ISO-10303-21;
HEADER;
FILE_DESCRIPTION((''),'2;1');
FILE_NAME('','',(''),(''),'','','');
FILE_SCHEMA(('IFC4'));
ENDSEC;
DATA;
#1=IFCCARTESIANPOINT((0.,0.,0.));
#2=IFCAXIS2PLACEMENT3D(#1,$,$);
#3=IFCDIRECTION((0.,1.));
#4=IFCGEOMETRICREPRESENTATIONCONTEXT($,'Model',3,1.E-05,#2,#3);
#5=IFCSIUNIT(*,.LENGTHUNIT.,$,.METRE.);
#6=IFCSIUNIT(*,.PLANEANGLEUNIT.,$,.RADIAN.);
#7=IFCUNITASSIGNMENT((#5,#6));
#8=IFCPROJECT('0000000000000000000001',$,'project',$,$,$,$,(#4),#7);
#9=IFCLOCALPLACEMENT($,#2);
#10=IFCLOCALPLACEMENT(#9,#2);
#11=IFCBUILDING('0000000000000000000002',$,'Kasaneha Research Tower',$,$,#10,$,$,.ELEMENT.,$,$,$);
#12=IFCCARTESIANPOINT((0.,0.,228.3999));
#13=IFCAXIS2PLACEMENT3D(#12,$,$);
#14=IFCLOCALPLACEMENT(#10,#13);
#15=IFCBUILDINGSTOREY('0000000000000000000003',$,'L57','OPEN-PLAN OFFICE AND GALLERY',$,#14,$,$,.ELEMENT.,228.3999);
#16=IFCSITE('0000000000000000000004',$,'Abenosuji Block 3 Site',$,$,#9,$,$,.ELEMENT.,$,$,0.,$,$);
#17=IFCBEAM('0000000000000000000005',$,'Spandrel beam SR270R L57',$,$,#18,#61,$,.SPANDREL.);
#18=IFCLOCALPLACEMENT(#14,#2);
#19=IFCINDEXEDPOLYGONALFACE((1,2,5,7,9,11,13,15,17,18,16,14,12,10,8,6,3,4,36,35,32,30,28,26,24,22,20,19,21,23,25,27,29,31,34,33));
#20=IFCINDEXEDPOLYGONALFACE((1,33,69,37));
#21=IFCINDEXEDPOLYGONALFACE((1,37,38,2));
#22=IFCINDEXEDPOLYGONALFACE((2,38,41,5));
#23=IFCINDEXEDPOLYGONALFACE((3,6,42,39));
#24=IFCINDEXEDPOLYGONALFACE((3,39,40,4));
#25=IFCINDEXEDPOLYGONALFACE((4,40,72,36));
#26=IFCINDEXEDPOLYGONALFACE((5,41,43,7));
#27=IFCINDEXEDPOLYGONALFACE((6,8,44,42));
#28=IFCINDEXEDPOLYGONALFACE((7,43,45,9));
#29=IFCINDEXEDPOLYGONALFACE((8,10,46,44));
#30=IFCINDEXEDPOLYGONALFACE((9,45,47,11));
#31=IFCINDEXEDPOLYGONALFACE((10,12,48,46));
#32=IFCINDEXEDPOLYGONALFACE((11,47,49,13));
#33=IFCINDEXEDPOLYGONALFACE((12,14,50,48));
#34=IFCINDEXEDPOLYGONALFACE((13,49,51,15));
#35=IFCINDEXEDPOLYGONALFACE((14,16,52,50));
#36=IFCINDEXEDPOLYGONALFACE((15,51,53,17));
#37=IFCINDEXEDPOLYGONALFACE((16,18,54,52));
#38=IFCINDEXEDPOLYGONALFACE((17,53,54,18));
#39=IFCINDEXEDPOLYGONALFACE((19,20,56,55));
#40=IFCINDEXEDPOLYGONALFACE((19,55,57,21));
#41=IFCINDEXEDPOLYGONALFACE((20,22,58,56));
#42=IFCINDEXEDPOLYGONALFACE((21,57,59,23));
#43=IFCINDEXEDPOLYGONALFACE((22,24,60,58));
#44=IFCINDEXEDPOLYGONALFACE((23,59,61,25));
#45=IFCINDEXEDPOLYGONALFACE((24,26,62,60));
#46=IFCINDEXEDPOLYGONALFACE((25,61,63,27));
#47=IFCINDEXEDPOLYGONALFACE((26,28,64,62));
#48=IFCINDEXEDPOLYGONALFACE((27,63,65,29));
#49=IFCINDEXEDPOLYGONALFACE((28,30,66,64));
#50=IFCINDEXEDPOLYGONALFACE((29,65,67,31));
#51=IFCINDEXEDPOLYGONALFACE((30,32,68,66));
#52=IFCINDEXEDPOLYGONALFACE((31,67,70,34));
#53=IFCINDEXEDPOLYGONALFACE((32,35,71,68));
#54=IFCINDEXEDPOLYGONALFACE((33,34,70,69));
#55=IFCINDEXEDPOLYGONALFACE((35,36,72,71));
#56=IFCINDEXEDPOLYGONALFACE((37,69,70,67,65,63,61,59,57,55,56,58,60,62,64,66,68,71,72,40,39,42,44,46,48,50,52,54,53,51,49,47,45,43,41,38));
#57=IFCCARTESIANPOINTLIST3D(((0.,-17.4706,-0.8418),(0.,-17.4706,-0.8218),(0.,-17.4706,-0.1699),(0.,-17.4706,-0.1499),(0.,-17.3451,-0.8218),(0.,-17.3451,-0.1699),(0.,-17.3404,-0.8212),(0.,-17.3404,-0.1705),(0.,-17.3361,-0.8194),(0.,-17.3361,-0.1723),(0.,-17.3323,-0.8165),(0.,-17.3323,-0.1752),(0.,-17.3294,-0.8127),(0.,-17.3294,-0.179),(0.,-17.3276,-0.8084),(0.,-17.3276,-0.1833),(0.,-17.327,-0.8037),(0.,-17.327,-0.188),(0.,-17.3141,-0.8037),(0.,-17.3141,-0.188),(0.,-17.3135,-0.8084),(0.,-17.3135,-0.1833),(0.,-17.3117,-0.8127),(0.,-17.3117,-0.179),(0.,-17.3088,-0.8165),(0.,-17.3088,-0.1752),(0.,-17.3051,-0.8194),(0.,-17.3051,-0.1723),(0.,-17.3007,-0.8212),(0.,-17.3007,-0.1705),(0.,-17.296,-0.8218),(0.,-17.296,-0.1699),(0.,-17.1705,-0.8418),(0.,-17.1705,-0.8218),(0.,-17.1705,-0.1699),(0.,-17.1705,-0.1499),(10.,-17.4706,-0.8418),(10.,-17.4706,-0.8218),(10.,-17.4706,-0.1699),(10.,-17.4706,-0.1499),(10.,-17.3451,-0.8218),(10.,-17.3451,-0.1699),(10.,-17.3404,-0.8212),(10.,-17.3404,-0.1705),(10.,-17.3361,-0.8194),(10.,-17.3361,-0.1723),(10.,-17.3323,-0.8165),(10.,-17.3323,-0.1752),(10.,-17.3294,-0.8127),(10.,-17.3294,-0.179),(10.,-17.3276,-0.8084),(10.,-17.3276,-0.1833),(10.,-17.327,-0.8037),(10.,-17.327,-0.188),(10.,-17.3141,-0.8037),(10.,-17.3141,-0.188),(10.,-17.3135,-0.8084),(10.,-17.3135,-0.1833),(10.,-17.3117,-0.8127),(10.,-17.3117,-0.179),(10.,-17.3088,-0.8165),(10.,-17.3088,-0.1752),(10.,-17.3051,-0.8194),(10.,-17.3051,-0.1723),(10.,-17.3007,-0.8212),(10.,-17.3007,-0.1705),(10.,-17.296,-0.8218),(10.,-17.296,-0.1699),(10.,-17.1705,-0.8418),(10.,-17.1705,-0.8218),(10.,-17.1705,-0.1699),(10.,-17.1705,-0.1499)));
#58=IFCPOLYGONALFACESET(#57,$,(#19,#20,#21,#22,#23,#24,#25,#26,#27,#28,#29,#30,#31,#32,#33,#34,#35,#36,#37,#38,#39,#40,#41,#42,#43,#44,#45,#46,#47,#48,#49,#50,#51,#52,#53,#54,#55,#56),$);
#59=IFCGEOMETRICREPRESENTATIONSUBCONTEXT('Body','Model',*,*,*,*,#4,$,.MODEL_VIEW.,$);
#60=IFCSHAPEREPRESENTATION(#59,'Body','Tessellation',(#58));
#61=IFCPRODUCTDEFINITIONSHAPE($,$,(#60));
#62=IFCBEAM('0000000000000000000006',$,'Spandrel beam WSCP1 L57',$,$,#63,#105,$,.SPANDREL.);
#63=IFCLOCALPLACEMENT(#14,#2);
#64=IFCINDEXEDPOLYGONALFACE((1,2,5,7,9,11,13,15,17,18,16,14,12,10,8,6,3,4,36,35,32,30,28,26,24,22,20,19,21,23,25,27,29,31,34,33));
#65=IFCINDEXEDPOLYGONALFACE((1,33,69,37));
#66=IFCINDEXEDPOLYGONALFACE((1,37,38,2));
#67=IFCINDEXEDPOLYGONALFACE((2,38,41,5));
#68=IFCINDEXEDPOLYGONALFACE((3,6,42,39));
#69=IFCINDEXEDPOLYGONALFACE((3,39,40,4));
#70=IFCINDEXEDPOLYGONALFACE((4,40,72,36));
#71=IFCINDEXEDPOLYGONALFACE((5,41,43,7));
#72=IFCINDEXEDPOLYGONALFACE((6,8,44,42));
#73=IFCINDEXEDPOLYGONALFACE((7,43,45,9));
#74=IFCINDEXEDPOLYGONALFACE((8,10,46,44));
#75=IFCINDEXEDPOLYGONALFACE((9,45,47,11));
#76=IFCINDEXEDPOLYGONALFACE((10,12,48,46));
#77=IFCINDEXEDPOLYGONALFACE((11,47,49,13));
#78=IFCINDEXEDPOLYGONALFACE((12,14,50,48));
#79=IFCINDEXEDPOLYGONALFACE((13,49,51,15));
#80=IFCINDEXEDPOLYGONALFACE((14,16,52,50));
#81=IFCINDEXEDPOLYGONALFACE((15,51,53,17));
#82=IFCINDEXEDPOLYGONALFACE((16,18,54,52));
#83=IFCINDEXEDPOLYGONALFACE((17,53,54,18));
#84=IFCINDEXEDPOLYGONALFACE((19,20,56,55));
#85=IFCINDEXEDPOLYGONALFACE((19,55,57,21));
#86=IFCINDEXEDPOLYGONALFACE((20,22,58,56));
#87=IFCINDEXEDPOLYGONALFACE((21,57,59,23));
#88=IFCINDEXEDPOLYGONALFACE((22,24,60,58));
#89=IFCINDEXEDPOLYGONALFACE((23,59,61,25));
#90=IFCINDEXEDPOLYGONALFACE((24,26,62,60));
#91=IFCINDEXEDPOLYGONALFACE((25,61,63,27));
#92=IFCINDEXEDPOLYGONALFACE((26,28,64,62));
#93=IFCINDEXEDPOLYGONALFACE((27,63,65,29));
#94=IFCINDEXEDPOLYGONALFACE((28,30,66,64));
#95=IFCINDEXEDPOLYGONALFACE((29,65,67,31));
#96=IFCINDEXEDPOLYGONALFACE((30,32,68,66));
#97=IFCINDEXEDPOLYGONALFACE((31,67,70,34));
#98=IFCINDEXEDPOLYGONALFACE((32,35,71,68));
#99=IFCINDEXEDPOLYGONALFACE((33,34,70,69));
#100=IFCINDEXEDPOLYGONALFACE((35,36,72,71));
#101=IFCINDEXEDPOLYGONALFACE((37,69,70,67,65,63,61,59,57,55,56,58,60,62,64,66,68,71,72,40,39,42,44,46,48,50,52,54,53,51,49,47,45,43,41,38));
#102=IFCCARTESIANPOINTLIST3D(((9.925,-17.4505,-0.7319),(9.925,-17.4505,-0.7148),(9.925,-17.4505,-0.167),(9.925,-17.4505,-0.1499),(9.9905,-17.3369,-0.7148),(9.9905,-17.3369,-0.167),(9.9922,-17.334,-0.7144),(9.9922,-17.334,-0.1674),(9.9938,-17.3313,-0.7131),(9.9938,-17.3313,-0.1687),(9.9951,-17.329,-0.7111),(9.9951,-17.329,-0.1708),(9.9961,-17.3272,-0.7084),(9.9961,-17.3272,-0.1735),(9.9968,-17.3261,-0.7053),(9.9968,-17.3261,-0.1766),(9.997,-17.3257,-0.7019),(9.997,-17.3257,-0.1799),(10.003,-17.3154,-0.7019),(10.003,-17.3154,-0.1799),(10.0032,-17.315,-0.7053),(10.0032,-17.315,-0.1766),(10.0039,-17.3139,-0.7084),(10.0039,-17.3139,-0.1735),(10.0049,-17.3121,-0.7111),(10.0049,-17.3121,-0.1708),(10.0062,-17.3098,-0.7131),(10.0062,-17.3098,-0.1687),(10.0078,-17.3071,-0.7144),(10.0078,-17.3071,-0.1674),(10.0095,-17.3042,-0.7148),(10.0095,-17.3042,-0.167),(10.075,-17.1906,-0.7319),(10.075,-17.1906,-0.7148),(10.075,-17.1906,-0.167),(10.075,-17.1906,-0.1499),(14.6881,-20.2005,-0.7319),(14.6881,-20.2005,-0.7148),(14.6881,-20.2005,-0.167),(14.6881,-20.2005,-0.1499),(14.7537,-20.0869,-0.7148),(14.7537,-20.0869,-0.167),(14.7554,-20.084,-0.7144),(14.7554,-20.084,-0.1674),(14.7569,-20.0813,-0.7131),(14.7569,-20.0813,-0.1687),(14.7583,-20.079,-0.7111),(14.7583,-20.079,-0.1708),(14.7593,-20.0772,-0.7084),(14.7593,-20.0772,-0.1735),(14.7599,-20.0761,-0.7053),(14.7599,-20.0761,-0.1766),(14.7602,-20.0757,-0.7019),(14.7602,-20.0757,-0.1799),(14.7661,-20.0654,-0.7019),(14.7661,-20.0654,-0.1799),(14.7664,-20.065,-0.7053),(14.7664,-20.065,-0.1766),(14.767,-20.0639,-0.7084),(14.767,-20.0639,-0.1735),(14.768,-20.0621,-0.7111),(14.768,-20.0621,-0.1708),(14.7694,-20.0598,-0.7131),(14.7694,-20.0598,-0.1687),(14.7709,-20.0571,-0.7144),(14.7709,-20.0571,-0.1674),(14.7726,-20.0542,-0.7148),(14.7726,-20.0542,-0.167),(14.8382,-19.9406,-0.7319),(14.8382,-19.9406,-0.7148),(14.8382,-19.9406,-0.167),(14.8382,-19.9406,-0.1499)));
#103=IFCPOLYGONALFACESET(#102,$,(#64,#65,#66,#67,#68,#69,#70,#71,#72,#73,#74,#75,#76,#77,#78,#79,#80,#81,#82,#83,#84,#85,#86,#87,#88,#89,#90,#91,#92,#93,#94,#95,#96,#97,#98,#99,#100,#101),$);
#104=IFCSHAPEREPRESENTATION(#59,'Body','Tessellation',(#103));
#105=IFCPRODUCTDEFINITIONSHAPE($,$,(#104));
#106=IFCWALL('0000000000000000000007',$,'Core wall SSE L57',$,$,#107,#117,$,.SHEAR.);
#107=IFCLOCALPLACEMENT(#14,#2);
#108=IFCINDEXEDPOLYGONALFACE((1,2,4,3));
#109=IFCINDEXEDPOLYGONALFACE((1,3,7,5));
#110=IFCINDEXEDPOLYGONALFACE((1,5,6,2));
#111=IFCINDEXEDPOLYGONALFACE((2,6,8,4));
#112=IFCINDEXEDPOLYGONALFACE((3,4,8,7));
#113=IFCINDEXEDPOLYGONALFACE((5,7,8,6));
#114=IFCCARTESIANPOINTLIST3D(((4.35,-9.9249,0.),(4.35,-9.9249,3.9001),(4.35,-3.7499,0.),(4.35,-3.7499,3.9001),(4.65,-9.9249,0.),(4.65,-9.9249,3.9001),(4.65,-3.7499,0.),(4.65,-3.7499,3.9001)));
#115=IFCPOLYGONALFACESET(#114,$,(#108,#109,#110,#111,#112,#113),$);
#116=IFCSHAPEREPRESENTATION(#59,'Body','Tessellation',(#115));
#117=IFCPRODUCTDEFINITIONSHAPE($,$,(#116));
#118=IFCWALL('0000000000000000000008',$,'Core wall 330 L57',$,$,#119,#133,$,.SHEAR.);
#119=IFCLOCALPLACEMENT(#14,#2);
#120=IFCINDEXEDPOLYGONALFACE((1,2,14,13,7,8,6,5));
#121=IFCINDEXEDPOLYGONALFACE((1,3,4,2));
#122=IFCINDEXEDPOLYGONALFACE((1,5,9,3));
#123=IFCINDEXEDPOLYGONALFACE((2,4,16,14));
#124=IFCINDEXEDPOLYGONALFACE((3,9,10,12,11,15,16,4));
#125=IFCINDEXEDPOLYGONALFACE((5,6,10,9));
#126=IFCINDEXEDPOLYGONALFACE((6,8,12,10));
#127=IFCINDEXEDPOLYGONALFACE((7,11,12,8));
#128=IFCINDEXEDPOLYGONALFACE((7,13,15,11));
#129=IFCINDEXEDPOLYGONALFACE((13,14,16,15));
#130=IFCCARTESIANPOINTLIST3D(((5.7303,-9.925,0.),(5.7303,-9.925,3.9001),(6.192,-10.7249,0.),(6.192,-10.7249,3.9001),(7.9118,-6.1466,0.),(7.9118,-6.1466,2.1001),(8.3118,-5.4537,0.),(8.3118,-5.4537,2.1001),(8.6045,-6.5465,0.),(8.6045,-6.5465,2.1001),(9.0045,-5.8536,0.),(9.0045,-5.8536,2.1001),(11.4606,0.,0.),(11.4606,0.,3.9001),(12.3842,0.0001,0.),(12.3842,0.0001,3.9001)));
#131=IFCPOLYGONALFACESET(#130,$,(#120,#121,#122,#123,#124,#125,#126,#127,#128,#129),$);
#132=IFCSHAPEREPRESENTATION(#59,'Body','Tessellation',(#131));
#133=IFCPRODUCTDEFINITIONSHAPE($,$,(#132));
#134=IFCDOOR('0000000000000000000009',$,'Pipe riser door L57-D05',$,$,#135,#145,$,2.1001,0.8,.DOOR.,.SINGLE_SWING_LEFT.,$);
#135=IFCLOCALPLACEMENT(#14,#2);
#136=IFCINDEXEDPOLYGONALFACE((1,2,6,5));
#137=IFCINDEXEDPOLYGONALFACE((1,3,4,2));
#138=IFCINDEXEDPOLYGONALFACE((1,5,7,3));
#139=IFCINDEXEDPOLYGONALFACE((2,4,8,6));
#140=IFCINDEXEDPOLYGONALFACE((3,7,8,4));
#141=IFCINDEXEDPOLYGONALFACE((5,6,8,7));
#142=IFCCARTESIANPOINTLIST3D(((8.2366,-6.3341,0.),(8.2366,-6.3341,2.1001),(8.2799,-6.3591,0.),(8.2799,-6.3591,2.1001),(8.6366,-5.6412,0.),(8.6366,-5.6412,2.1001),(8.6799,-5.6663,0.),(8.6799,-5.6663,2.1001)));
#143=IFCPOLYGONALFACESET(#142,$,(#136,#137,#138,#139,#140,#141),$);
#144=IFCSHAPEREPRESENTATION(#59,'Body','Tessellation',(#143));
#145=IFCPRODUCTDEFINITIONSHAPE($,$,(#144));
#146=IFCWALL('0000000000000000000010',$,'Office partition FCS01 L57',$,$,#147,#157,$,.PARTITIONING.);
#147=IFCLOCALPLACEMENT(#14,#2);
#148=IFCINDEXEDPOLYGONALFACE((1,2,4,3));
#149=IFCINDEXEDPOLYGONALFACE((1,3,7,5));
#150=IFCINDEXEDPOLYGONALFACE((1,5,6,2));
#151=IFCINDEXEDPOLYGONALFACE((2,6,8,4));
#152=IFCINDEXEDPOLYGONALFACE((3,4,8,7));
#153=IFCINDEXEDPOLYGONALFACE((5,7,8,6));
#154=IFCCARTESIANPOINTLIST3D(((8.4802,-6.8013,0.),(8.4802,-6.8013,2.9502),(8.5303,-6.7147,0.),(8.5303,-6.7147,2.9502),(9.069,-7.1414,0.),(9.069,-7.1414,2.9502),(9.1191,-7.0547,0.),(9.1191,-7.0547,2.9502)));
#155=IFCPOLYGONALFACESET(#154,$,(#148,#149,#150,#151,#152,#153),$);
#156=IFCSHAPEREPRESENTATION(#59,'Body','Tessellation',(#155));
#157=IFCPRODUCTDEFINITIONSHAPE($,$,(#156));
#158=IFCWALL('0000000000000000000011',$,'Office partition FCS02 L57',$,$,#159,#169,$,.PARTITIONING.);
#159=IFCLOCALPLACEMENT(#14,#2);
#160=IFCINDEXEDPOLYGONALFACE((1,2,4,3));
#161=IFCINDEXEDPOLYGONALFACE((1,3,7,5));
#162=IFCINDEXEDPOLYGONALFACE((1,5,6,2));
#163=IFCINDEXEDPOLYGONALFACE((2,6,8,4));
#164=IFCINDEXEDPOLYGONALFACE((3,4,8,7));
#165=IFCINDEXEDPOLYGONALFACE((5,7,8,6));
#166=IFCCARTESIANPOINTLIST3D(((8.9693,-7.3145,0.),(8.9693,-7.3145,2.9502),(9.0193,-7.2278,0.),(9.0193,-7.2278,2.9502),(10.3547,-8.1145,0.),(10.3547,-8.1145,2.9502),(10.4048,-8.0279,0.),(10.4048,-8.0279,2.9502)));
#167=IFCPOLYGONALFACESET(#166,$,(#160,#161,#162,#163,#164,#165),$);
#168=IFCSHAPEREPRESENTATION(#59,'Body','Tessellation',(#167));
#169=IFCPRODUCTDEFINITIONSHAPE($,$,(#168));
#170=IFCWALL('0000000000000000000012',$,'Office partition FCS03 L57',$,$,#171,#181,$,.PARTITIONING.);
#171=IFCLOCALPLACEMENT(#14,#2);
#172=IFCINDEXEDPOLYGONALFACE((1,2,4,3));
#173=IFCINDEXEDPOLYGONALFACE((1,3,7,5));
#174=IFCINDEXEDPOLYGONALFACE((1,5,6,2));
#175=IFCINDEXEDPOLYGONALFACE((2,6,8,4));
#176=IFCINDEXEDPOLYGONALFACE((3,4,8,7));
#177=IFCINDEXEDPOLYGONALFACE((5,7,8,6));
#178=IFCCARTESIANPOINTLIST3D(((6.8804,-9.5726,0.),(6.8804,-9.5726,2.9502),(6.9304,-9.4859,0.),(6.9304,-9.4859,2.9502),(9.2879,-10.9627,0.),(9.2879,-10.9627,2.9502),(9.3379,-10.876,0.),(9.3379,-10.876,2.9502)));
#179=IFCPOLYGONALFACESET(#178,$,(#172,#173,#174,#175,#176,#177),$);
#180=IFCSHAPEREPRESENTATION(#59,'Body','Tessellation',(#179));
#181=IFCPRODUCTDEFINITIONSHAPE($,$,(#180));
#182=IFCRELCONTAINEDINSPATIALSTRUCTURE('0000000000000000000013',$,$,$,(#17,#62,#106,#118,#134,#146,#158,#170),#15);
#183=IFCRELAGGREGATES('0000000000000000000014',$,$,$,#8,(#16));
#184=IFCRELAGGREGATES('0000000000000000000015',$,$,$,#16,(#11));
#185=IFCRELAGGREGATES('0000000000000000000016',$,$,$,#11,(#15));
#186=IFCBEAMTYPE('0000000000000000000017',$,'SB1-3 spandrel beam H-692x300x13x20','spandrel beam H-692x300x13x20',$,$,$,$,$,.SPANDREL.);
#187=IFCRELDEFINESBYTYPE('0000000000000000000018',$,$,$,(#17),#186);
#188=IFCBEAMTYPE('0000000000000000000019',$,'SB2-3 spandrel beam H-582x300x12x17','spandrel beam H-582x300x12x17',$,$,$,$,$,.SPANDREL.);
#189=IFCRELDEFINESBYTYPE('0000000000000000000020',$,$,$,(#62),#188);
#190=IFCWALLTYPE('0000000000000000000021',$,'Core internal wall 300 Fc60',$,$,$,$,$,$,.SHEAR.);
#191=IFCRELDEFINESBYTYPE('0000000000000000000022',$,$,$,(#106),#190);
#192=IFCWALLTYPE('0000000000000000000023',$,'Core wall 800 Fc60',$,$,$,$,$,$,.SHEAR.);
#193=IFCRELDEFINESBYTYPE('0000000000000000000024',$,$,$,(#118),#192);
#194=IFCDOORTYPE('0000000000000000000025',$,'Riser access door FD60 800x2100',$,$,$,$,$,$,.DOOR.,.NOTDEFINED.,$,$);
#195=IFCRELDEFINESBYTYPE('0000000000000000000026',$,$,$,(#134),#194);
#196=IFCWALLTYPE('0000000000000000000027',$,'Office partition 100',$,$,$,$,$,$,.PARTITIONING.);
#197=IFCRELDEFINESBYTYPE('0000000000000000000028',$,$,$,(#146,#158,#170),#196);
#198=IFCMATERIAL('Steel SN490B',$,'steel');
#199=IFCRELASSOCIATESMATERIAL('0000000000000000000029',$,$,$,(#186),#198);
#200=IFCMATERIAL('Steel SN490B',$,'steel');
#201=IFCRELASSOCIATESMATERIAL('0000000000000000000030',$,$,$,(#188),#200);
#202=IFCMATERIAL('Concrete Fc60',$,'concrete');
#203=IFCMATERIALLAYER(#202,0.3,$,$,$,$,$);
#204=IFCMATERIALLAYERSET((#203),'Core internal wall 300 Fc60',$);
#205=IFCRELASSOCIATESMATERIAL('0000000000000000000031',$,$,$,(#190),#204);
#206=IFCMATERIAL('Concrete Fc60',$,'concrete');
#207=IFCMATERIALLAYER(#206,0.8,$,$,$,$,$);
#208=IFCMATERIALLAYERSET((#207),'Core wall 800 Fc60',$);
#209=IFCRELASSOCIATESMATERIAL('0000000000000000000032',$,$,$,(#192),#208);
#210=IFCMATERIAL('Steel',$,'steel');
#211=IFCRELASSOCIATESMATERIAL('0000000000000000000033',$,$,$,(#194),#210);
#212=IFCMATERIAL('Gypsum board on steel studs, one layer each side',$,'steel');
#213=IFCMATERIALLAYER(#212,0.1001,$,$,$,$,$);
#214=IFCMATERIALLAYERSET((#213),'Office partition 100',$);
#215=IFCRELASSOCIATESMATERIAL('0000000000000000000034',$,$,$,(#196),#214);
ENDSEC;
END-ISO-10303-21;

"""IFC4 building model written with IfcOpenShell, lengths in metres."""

from ifc_helpers import new_model, si_unit, direction, frame, frame_2d, origin, origin_2d, place, context, subcontext, project, spatial, polyline, rectangle, i_section, outline, extrude, material, layer, layer_set, material_profile, profile_set, type_object, element, fill, save


model = new_model("IFC4")

# Units and contexts
model_context = context("Model", 3, precision=1e-05, world=origin(), true_north=direction((0.0, 1.0)))
body_context = subcontext(model_context, "Body", "Model", "MODEL_VIEW")
ifc_project = project(units=[si_unit("LENGTHUNIT", "METRE"), si_unit("PLANEANGLEUNIT", "RADIAN")], contexts=[model_context])

# Site, building, storey
site_placement = place(None, origin())
site = spatial("IfcSite", under=ifc_project, at=site_placement, Name="Abenosuji Block 3 Site", CompositionType="ELEMENT", RefElevation=0.0)
building_placement = place(site_placement, origin())
building = spatial("IfcBuilding", under=site, at=building_placement, Name="Kasaneha Research Tower", CompositionType="ELEMENT")
storey_placement = place(building_placement, frame((0.0, 0.0, 228.3999)))
storey = spatial("IfcBuildingStorey", under=building, at=storey_placement, Name="L57", Description="OPEN-PLAN OFFICE AND GALLERY", CompositionType="ELEMENT", Elevation=228.3999)

# Beams
ifc_material_1 = material(Name="Steel SN490B", Category="steel")
ifc_material_profile_1 = material_profile(ifc_material_1, i_section(OverallWidth=0.3, OverallDepth=0.6919, WebThickness=0.0129, FlangeThickness=0.02, FilletRadius=0.0181, at=origin_2d()), Name="H-692x300x13x20")
ifc_profile_set_1 = profile_set([ifc_material_profile_1], Name="Steel SN490B")
beam_type_1 = type_object("IfcBeamType", Name="SB1-3 spandrel beam H-692x300x13x20", Description="spandrel beam H-692x300x13x20", PredefinedType="SPANDREL", material=ifc_profile_set_1)
beam_1_placement = place(storey_placement, frame((10.0, -17.3206, -0.4958), z_axis=(-1.0, 0.0, 0.0), x_axis=(0.0, -1.0, 0.0)))
element("IfcBeam", 1, at=beam_1_placement, inside=storey, type_object=beam_type_1, Name="Spandrel beam SR270R L57", PredefinedType="SPANDREL", context=body_context, shape_type="SweptSolid", body=[
    extrude(i_section(OverallWidth=0.3, OverallDepth=0.6919, WebThickness=0.0129, FlangeThickness=0.02, FilletRadius=0.0181, at=origin_2d()), origin(), (0.0, 0.0, 1.0), 10.0),
])
ifc_material_2 = material(Name="Steel SN490B", Category="steel")
ifc_material_profile_2 = material_profile(ifc_material_2, i_section(OverallWidth=0.3, OverallDepth=0.582, WebThickness=0.012, FlangeThickness=0.0171, FilletRadius=0.0129, at=origin_2d()), Name="H-582x300x12x17")
ifc_profile_set_2 = profile_set([ifc_material_profile_2], Name="Steel SN490B")
beam_type_2 = type_object("IfcBeamType", Name="SB2-3 spandrel beam H-582x300x12x17", Description="spandrel beam H-582x300x12x17", PredefinedType="SPANDREL", material=ifc_profile_set_2)
beam_2_placement = place(storey_placement, frame((10.0, -17.3206, -0.4409), z_axis=(0.866027, -0.499997, 0.0), x_axis=(0.499997, 0.866027, 0.0)))
element("IfcBeam", 2, at=beam_2_placement, inside=storey, type_object=beam_type_2, Name="Spandrel beam WSCP1 L57", PredefinedType="SPANDREL", context=body_context, shape_type="SweptSolid", body=[
    extrude(i_section(OverallWidth=0.3, OverallDepth=0.582, WebThickness=0.012, FlangeThickness=0.0171, FilletRadius=0.0129, at=origin_2d()), origin(), (0.0, 0.0, 1.0), 5.5),
])

# Wall
ifc_material_3 = material(Name="Concrete Fc60", Category="concrete")
ifc_layer_1 = layer(ifc_material_3, 0.3)
ifc_layer_set_1 = layer_set([ifc_layer_1], Name="Core internal wall 300 Fc60")
wall_type_1 = type_object("IfcWallType", Name="Core internal wall 300 Fc60", PredefinedType="SHEAR", material=ifc_layer_set_1)
wall_1_placement = place(storey_placement, frame((4.5, -3.75, 0.0), z_axis=(0.0, 0.0, 1.0), x_axis=(0.0, -1.0, 0.0)))
element("IfcWall", 3, at=wall_1_placement, inside=storey, type_object=wall_type_1, Name="Core wall SSE L57", PredefinedType="SHEAR", context=body_context, shape_type="SweptSolid", body=[
    extrude(rectangle(XDim=6.175, YDim=0.3, at=frame_2d((3.0874, 0.0))), origin(), (0.0, 0.0, 1.0), 3.9001),
])

# Wall, opening, door
ifc_material_4 = material(Name="Concrete Fc60", Category="concrete")
ifc_layer_2 = layer(ifc_material_4, 0.8)
ifc_layer_set_2 = layer_set([ifc_layer_2], Name="Core wall 800 Fc60")
wall_type_2 = type_object("IfcWallType", Name="Core wall 800 Fc60", PredefinedType="SHEAR", material=ifc_layer_set_2)
wall_2_placement = place(storey_placement, frame((5.9612, -10.325, 0.0), z_axis=(0.0, 0.0, 1.0), x_axis=(0.500004, 0.866023, 0.0)))
wall_2 = element("IfcWall", 4, at=wall_2_placement, inside=storey, type_object=wall_type_2, Name="Core wall 330 L57", PredefinedType="SHEAR", context=body_context, shape_type="SweptSolid", body=[
    extrude(outline(polyline([(-0.231, -0.3999), (4.594, -0.3999), (5.394, -0.3999), (12.1533, -0.3999), (11.6914, 0.3999), (5.394, 0.3999), (4.594, 0.3999), (0.231, 0.3999), (-0.231, -0.3999)])), origin(), (0.0, 0.0, 1.0), 3.9001),
])
opening_1_placement = place(wall_2_placement, frame((4.594, 0.0, 0.0)))
opening_1 = element("IfcOpeningElement", 5, at=opening_1_placement, cuts=wall_2, PredefinedType="OPENING", context=body_context, shape_type="SweptSolid", body=[
    extrude(rectangle(XDim=0.8, YDim=2.1001, at=frame_2d((0.3999, 1.05))), frame((0.0, 0.4102, 0.0), z_axis=(0.0, -1.0, 0.0), x_axis=(1.0, 0.0, 0.0)), (0.0, 0.0, 1.0), 0.8201),
])
ifc_material_5 = material(Name="Steel", Category="steel")
door_type_1 = type_object("IfcDoorType", Name="Riser access door FD60 800x2100", OperationType="NOTDEFINED", PredefinedType="DOOR", material=ifc_material_5)
door_1_placement = place(opening_1_placement, origin())
door_1 = element("IfcDoor", 6, at=door_1_placement, inside=storey, type_object=door_type_1, Name="Pipe riser door L57-D05", OperationType="SINGLE_SWING_LEFT", OverallHeight=2.1001, OverallWidth=0.8, PredefinedType="DOOR", context=body_context, shape_type="SweptSolid", body=[
    extrude(rectangle(XDim=0.8, YDim=2.1001, at=frame_2d((0.3999, 1.05))), frame((0.0, 0.0249, 0.0), z_axis=(0.0, -1.0, 0.0), x_axis=(1.0, 0.0, 0.0)), (0.0, 0.0, 1.0), 0.05),
])
fill(opening_1, door_1)

# Walls
ifc_material_6 = material(Name="Gypsum board on steel studs, one layer each side", Category="steel")
ifc_layer_3 = layer(ifc_material_6, 0.1001)
ifc_layer_set_3 = layer_set([ifc_layer_3], Name="Office partition 100")
wall_type_3 = type_object("IfcWallType", Name="Office partition 100", PredefinedType="PARTITIONING", material=ifc_layer_set_3)
wall_3_placement = place(storey_placement, frame((8.5054, -6.7581, 0.0), z_axis=(0.0, 0.0, 1.0), x_axis=(0.865958, -0.500116, 0.0)))
element("IfcWall", 7, at=wall_3_placement, inside=storey, type_object=wall_type_3, Name="Office partition FCS01 L57", PredefinedType="PARTITIONING", context=body_context, shape_type="SweptSolid", body=[
    extrude(rectangle(XDim=0.6799, YDim=0.1001, at=frame_2d((0.3398, 0.0))), origin(), (0.0, 0.0, 1.0), 2.9502),
])
wall_4_placement = place(storey_placement, frame((8.9944, -7.2712, 0.0), z_axis=(0.0, 0.0, 1.0), x_axis=(0.86599, -0.500061, 0.0)))
element("IfcWall", 8, at=wall_4_placement, inside=storey, type_object=wall_type_3, Name="Office partition FCS02 L57", PredefinedType="PARTITIONING", context=body_context, shape_type="SweptSolid", body=[
    extrude(rectangle(XDim=1.5999, YDim=0.1001, at=frame_2d((0.7998, 0.0))), origin(), (0.0, 0.0, 1.0), 2.9502),
])
wall_5_placement = place(storey_placement, frame((9.313, -10.9194, 0.0), z_axis=(0.0, 0.0, 1.0), x_axis=(-0.865997, 0.500049, 0.0)))
element("IfcWall", 9, at=wall_5_placement, inside=storey, type_object=wall_type_3, Name="Office partition FCS03 L57", PredefinedType="PARTITIONING", context=body_context, shape_type="SweptSolid", body=[
    extrude(rectangle(XDim=2.78, YDim=0.1001, at=frame_2d((1.3901, 0.0))), origin(), (0.0, 0.0, 1.0), 2.9502),
])

save(model, "model.ifc")
